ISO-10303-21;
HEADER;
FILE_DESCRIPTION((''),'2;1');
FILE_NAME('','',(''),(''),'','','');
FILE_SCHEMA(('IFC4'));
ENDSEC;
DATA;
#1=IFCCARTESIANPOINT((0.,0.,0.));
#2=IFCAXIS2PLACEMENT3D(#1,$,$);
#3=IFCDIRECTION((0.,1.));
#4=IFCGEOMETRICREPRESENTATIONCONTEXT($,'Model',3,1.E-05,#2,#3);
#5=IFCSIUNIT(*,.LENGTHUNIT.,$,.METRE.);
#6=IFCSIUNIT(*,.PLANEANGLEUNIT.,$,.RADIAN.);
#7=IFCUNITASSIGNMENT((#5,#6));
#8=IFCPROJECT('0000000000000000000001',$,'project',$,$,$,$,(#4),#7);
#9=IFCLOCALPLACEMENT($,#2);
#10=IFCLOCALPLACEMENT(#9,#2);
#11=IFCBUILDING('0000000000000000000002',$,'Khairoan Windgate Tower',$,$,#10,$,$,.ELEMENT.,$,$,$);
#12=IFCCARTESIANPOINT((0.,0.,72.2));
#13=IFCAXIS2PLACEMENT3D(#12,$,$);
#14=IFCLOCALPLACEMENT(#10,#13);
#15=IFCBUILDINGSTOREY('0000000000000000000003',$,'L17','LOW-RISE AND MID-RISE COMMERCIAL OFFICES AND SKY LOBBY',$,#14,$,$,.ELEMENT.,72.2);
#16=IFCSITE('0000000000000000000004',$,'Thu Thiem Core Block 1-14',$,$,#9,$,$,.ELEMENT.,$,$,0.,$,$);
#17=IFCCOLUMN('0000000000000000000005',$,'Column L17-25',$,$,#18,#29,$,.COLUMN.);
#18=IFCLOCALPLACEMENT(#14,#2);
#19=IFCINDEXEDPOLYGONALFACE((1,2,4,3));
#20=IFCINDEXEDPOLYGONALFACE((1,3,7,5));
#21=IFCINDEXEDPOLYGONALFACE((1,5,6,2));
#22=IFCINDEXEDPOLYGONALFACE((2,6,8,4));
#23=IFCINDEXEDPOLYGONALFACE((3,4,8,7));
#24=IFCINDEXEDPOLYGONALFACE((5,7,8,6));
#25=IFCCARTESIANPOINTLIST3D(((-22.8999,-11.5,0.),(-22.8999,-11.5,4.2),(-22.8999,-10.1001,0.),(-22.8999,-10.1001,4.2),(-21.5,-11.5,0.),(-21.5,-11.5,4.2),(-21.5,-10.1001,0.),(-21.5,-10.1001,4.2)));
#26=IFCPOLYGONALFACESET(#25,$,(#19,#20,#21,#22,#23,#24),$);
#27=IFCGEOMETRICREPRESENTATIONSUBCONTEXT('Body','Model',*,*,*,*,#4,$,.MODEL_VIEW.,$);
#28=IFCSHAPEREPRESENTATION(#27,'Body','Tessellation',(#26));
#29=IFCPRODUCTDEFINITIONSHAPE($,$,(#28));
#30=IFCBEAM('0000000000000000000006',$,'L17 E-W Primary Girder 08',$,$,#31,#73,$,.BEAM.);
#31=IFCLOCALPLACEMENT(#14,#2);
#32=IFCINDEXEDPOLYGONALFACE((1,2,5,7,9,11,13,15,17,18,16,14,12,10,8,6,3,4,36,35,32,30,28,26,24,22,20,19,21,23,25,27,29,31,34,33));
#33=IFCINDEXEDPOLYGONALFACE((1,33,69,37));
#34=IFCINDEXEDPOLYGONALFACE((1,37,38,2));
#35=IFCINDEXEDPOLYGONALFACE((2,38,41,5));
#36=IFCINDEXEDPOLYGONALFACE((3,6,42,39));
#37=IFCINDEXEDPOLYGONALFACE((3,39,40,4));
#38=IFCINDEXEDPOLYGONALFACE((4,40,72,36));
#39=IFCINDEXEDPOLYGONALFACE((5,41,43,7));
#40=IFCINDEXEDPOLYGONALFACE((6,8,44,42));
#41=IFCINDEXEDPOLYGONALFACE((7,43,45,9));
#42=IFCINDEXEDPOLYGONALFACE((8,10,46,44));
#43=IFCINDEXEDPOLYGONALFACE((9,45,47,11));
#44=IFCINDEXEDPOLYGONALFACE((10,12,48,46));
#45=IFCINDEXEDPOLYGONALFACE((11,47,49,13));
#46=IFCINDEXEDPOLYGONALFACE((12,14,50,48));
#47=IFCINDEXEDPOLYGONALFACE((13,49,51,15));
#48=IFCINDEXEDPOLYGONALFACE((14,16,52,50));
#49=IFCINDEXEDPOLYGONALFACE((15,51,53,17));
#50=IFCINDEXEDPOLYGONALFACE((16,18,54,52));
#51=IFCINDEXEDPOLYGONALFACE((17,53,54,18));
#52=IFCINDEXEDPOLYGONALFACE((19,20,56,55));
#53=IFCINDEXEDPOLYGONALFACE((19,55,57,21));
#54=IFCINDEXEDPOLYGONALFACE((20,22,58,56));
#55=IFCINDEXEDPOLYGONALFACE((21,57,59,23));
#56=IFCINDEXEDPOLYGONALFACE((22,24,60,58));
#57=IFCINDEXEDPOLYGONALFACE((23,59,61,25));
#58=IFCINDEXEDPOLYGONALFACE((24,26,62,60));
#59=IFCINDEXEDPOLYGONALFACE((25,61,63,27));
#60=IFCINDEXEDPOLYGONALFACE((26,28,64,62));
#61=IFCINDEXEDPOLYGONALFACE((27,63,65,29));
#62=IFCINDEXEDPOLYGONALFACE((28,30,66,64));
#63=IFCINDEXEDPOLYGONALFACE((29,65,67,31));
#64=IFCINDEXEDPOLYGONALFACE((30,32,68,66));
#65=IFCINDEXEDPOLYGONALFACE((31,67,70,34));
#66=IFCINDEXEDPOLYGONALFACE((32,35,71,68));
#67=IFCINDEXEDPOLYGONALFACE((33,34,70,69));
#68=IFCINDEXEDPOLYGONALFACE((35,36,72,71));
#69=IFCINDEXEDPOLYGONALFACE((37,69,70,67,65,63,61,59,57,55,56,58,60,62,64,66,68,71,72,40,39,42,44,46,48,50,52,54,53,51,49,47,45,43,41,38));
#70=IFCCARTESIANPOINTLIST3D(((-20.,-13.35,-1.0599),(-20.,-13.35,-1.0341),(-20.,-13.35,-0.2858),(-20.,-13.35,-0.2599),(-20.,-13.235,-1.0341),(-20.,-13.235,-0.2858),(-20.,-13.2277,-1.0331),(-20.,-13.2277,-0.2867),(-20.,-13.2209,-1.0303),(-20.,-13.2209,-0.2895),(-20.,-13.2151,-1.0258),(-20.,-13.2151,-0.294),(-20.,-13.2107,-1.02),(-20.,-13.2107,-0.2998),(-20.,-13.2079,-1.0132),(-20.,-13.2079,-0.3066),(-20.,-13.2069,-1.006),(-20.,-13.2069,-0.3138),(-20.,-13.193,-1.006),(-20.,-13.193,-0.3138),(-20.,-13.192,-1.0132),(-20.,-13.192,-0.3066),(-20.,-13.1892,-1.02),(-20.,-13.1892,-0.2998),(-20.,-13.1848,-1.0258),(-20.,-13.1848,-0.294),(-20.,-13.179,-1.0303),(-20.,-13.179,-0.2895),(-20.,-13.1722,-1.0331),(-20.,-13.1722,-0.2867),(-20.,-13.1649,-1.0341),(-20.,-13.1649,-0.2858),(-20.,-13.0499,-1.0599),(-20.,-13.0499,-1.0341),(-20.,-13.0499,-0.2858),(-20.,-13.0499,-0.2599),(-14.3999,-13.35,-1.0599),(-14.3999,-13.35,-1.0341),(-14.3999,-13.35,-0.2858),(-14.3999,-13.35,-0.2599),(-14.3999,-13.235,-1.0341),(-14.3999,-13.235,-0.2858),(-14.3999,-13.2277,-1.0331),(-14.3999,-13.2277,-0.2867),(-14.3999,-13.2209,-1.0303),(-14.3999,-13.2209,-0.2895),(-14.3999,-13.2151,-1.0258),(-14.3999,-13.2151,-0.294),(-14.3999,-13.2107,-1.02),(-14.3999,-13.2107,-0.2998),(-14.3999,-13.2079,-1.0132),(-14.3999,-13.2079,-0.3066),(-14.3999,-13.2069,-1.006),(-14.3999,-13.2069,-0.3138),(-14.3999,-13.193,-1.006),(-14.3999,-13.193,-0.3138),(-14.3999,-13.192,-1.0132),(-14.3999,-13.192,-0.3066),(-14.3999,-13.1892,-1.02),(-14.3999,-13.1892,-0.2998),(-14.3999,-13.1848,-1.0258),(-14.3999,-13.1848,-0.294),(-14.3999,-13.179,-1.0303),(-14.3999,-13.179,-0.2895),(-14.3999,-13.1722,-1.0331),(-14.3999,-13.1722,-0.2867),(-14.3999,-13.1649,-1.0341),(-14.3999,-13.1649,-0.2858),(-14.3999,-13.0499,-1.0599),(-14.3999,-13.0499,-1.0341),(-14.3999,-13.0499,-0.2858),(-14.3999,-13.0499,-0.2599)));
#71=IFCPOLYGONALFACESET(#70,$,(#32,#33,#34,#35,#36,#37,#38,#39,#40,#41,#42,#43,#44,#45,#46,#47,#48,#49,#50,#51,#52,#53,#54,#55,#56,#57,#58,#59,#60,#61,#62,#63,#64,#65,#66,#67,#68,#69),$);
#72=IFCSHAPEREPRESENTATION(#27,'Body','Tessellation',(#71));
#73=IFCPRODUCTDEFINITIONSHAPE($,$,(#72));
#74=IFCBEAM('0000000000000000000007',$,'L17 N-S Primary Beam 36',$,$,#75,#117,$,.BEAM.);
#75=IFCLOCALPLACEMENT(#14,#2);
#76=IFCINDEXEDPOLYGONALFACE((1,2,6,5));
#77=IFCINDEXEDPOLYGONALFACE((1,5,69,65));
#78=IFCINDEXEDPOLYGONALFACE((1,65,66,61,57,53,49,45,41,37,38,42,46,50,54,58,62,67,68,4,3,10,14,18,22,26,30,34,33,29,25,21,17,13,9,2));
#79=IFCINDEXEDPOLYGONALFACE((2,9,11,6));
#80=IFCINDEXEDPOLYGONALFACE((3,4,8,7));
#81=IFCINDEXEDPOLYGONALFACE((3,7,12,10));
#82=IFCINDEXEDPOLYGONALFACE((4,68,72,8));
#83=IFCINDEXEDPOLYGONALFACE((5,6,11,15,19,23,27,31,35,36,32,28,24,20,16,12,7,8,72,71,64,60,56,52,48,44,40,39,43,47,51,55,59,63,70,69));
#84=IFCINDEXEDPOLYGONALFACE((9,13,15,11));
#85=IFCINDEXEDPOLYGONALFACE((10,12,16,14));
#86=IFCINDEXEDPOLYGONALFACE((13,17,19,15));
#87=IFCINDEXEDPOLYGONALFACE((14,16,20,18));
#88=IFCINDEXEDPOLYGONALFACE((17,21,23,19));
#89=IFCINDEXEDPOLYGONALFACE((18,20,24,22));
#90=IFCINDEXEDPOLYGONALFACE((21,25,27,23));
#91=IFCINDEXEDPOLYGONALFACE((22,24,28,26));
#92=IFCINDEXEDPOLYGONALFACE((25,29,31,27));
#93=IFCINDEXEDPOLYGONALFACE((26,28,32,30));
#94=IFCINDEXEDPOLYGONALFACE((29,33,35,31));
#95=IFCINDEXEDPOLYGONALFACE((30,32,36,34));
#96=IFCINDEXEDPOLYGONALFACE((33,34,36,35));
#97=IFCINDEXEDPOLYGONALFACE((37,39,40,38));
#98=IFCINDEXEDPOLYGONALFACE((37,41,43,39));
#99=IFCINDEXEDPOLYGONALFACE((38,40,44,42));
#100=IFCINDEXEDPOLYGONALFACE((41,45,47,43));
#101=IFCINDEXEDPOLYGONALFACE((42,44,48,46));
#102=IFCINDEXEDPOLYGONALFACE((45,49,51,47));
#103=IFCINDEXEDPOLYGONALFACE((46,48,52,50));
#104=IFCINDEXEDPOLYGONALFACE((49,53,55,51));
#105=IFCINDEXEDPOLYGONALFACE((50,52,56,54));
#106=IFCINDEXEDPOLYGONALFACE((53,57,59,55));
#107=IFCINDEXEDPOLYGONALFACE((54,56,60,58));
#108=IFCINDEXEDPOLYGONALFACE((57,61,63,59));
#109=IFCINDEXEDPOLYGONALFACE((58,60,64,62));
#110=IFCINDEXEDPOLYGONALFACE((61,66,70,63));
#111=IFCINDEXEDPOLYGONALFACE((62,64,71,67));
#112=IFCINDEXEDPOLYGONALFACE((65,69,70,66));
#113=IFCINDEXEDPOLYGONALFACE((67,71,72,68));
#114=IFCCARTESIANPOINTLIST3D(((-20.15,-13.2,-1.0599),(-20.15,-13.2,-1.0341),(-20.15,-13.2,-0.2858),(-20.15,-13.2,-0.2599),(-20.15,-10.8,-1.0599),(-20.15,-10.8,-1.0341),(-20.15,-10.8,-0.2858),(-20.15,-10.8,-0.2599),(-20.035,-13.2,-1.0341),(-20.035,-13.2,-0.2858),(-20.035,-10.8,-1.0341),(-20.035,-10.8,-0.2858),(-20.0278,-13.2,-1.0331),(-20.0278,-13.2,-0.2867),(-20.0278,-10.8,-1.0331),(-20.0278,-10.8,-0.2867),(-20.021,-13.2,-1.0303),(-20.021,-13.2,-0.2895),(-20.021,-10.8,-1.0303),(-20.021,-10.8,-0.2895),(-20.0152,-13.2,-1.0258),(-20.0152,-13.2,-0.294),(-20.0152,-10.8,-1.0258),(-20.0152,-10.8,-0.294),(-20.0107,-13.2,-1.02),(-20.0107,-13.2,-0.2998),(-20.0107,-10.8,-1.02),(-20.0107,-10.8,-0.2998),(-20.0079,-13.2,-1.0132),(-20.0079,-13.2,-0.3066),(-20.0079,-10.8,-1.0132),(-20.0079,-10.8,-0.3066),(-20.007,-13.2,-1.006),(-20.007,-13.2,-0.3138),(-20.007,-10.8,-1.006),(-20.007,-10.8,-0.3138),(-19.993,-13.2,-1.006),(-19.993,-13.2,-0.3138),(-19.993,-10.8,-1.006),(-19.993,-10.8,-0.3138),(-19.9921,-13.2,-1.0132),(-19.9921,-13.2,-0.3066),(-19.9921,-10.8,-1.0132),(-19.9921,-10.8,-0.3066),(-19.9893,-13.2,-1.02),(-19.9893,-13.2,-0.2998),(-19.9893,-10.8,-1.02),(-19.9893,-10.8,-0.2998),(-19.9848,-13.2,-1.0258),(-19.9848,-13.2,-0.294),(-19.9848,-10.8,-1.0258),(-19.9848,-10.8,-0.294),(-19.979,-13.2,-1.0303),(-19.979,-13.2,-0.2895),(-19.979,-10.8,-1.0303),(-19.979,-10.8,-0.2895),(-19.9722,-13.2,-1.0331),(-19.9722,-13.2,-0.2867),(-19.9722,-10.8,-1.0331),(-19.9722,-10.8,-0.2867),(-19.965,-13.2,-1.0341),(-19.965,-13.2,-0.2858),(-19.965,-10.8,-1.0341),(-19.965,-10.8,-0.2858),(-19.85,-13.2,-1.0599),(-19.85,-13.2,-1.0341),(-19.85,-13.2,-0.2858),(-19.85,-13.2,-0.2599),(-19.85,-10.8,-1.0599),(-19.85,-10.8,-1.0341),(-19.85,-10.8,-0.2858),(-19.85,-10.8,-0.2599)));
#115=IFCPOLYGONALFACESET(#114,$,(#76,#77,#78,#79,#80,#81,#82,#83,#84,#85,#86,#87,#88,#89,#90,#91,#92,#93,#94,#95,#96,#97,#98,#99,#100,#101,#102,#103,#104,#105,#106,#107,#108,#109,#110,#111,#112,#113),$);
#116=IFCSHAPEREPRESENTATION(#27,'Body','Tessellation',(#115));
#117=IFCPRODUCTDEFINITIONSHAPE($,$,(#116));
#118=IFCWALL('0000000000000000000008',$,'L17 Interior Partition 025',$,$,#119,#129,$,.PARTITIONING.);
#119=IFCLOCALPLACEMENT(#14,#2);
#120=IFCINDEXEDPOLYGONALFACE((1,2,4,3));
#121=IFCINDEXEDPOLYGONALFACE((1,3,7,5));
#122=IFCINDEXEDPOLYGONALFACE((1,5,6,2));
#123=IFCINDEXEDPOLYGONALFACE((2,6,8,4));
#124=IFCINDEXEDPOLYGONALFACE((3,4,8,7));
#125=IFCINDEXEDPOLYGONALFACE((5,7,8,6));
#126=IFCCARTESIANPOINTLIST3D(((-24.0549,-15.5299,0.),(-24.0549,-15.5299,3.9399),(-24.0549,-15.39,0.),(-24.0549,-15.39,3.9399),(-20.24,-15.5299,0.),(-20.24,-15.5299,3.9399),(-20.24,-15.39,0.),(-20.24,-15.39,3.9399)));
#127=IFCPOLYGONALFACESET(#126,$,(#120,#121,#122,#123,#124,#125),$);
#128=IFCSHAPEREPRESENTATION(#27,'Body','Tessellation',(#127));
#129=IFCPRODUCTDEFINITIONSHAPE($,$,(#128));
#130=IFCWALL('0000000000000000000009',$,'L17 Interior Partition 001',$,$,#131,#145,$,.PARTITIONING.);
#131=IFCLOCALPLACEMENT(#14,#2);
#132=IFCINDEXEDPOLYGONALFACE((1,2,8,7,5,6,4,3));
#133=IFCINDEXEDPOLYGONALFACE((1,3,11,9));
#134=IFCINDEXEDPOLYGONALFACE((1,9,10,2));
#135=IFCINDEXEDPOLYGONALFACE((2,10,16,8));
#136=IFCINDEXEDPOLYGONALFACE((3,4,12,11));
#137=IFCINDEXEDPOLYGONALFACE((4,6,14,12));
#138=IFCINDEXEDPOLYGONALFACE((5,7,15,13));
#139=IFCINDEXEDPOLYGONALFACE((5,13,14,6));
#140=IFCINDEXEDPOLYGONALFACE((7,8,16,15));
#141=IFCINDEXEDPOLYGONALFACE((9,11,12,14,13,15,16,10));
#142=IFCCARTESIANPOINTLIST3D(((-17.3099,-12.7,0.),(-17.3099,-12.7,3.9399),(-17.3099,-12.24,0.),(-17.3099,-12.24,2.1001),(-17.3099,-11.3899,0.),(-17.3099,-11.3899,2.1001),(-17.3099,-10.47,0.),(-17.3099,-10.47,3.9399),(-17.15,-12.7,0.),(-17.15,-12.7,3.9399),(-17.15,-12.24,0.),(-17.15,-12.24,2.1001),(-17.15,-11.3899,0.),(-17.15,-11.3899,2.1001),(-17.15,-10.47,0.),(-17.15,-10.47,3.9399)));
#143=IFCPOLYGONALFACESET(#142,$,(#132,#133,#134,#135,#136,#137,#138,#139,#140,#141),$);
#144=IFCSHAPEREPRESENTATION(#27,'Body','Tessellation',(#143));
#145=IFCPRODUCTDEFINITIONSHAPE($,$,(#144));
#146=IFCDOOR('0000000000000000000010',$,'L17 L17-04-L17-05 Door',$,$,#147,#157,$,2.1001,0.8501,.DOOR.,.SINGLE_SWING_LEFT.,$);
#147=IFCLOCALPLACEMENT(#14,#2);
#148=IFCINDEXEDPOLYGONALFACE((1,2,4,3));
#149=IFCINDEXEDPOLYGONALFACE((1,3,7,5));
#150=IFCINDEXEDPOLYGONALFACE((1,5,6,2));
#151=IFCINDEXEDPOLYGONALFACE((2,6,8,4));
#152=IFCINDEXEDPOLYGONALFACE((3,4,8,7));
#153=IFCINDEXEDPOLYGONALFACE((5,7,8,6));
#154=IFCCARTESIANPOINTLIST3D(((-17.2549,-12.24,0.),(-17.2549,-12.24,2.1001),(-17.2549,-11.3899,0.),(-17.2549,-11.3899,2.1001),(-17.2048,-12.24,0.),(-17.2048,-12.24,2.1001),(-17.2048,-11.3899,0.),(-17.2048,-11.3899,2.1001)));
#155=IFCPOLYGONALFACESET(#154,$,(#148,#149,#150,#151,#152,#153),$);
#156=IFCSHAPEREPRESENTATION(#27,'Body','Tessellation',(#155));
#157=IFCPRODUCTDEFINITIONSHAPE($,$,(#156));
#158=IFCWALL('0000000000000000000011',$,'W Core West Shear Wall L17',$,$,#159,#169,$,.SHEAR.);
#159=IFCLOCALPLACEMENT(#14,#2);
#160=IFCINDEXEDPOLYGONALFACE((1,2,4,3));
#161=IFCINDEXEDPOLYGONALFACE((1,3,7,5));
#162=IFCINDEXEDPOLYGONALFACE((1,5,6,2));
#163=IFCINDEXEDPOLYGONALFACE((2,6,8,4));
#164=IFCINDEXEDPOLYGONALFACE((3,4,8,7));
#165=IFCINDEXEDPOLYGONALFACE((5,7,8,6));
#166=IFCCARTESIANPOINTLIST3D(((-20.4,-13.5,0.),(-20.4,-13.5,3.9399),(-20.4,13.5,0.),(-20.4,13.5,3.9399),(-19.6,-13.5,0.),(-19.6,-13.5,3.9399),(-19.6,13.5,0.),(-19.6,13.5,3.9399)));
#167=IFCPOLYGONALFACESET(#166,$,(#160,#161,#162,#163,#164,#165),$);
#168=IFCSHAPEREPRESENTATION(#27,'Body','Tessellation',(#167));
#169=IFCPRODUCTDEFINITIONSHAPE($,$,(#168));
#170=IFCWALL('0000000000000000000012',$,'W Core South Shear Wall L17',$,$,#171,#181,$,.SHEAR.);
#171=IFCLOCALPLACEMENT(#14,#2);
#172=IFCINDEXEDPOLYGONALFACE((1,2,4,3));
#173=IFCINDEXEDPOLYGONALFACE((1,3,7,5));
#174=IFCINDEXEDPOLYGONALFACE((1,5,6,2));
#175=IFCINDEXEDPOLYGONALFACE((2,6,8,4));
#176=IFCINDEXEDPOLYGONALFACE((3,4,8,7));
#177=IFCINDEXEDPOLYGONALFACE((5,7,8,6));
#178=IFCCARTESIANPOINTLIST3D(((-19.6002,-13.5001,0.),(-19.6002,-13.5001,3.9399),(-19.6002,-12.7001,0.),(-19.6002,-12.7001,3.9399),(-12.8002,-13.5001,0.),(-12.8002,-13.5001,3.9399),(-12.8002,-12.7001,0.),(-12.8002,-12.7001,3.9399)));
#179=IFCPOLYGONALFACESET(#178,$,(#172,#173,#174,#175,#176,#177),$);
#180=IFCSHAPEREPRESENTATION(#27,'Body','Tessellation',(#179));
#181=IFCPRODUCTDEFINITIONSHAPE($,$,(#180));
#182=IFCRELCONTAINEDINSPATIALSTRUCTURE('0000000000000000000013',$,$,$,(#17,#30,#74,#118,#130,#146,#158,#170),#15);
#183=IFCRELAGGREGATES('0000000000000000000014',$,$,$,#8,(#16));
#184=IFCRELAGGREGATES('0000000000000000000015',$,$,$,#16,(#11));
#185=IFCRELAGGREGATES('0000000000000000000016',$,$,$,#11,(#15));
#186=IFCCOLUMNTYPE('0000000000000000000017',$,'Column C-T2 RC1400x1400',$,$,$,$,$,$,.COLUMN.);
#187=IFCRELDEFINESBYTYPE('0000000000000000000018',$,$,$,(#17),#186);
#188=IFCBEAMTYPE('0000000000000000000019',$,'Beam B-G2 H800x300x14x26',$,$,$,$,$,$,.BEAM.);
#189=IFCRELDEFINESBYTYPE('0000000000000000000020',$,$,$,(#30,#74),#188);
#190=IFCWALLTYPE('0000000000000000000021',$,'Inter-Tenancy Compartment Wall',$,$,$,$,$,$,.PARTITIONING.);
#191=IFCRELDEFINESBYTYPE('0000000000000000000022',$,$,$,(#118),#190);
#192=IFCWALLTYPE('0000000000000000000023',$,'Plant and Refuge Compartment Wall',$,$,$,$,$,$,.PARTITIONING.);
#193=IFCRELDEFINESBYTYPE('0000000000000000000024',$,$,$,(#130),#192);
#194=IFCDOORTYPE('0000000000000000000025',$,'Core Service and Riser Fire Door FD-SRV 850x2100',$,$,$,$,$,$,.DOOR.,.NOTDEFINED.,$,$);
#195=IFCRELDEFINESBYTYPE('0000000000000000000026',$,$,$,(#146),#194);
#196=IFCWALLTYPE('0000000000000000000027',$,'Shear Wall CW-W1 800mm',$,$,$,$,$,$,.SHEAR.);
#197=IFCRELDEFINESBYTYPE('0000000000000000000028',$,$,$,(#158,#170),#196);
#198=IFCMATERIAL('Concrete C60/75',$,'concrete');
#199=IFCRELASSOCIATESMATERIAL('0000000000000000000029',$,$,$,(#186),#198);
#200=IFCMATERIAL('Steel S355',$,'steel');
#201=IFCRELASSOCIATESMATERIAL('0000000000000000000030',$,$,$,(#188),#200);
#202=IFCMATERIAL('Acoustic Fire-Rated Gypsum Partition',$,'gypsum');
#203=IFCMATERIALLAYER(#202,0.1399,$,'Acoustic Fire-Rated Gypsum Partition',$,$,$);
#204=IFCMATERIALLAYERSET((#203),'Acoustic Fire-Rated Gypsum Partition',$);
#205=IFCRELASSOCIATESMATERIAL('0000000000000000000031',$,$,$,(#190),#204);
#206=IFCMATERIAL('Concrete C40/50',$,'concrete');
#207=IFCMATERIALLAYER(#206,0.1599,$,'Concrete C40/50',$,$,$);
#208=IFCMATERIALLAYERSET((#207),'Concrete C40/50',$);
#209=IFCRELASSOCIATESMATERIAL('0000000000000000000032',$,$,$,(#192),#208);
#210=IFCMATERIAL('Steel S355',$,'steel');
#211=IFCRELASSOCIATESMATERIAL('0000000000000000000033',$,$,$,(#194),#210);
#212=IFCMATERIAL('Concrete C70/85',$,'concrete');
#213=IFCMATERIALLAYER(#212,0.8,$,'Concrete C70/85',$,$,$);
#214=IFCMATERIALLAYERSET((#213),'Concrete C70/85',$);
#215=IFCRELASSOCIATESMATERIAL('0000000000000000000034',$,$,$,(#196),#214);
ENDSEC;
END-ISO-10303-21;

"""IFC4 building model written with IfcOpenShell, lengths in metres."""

from ifc_helpers import new_model, si_unit, direction, frame, frame_2d, origin, origin_2d, place, context, subcontext, project, spatial, rectangle, i_section, extrude, material, layer, layer_set, material_profile, profile_set, type_object, element, fill, save


model = new_model("IFC4")

# Units and contexts
model_context = context("Model", 3, precision=1e-05, world=origin(), true_north=direction((0.0, 1.0)))
body_context = subcontext(model_context, "Body", "Model", "MODEL_VIEW")
ifc_project = project(units=[si_unit("LENGTHUNIT", "METRE"), si_unit("PLANEANGLEUNIT", "RADIAN")], contexts=[model_context])

# Site, building, storey
site_placement = place(None, origin())
site = spatial("IfcSite", under=ifc_project, at=site_placement, Name="Thu Thiem Core Block 1-14", CompositionType="ELEMENT", RefElevation=0.0)
building_placement = place(site_placement, origin())
building = spatial("IfcBuilding", under=site, at=building_placement, Name="Khairoan Windgate Tower", CompositionType="ELEMENT")
storey_placement = place(building_placement, frame((0.0, 0.0, 72.2)))
storey = spatial("IfcBuildingStorey", under=building, at=storey_placement, Name="L17", Description="LOW-RISE AND MID-RISE COMMERCIAL OFFICES AND SKY LOBBY", CompositionType="ELEMENT", Elevation=72.2)

# Column
ifc_material_1 = material(Name="Concrete C60/75", Category="concrete")
ifc_material_profile_1 = material_profile(ifc_material_1, rectangle(XDim=1.3999, YDim=1.3999, at=origin_2d()))
ifc_profile_set_1 = profile_set([ifc_material_profile_1], Name="Concrete C60/75")
column_type = type_object("IfcColumnType", Name="Column C-T2 RC1400x1400", PredefinedType="COLUMN", material=ifc_profile_set_1)
column_placement = place(storey_placement, frame((-22.2, -10.8, 0.0), z_axis=(0.0, 0.0, 1.0), x_axis=(1.0, 0.0, 0.0)))
element("IfcColumn", 1, at=column_placement, inside=storey, type_object=column_type, Name="Column L17-25", PredefinedType="COLUMN", context=body_context, shape_type="SweptSolid", body=[
    extrude(rectangle(XDim=1.3999, YDim=1.3999, at=origin_2d()), origin(), (0.0, 0.0, 1.0), 4.2),
])

# Beams
ifc_material_2 = material(Name="Steel S355", Category="steel")
ifc_material_profile_2 = material_profile(ifc_material_2, i_section(OverallWidth=0.3, OverallDepth=0.8, WebThickness=0.0139, FlangeThickness=0.0259, FilletRadius=0.0281, at=origin_2d()))
ifc_profile_set_2 = profile_set([ifc_material_profile_2], Name="Steel S355")
beam_type = type_object("IfcBeamType", Name="Beam B-G2 H800x300x14x26", PredefinedType="BEAM", material=ifc_profile_set_2)
beam_1_placement = place(storey_placement, frame((-20.0, -13.2, -0.6599), z_axis=(1.0, 0.0, 0.0), x_axis=(0.0, 1.0, 0.0)))
element("IfcBeam", 2, at=beam_1_placement, inside=storey, type_object=beam_type, Name="L17 E-W Primary Girder 08", PredefinedType="BEAM", context=body_context, shape_type="SweptSolid", body=[
    extrude(i_section(OverallWidth=0.3, OverallDepth=0.8, WebThickness=0.0139, FlangeThickness=0.0259, FilletRadius=0.0281, at=origin_2d()), origin(), (0.0, 0.0, 1.0), 5.6001),
])
beam_2_placement = place(storey_placement, frame((-20.0, -13.2, -0.6599), z_axis=(0.0, 1.0, 0.0), x_axis=(-1.0, 0.0, 0.0)))
element("IfcBeam", 3, at=beam_2_placement, inside=storey, type_object=beam_type, Name="L17 N-S Primary Beam 36", PredefinedType="BEAM", context=body_context, shape_type="SweptSolid", body=[
    extrude(i_section(OverallWidth=0.3, OverallDepth=0.8, WebThickness=0.0139, FlangeThickness=0.0259, FilletRadius=0.0281, at=origin_2d()), origin(), (0.0, 0.0, 1.0), 2.3999),
])

# Wall
ifc_material_3 = material(Name="Acoustic Fire-Rated Gypsum Partition", Category="gypsum")
ifc_layer_1 = layer(ifc_material_3, 0.1399, Name="Acoustic Fire-Rated Gypsum Partition")
ifc_layer_set_1 = layer_set([ifc_layer_1], Name="Acoustic Fire-Rated Gypsum Partition")
wall_type_1 = type_object("IfcWallType", Name="Inter-Tenancy Compartment Wall", PredefinedType="PARTITIONING", material=ifc_layer_set_1)
wall_1_placement = place(storey_placement, frame((-24.0549, -15.46, 0.0), z_axis=(0.0, 0.0, 1.0), x_axis=(1.0, 0.0, 0.0)))
element("IfcWall", 4, at=wall_1_placement, inside=storey, type_object=wall_type_1, Name="L17 Interior Partition 025", PredefinedType="PARTITIONING", context=body_context, shape_type="SweptSolid", body=[
    extrude(rectangle(XDim=3.8149, YDim=0.1399, at=frame_2d((1.9075, 0.0))), origin(), (0.0, 0.0, 1.0), 3.9399),
])

# Wall, opening, door
ifc_material_4 = material(Name="Concrete C40/50", Category="concrete")
ifc_layer_2 = layer(ifc_material_4, 0.1599, Name="Concrete C40/50")
ifc_layer_set_2 = layer_set([ifc_layer_2], Name="Concrete C40/50")
wall_type_2 = type_object("IfcWallType", Name="Plant and Refuge Compartment Wall", PredefinedType="PARTITIONING", material=ifc_layer_set_2)
wall_2_placement = place(storey_placement, frame((-17.23, -12.7, 0.0), z_axis=(0.0, 0.0, 1.0), x_axis=(0.0, 1.0, 0.0)))
wall_2 = element("IfcWall", 5, at=wall_2_placement, inside=storey, type_object=wall_type_2, Name="L17 Interior Partition 001", PredefinedType="PARTITIONING", context=body_context, shape_type="SweptSolid", body=[
    extrude(rectangle(XDim=2.23, YDim=0.1599, at=frame_2d((1.115, 0.0))), origin(), (0.0, 0.0, 1.0), 3.9399),
])
opening_1_placement = place(wall_2_placement, frame((0.46, 0.0, 0.0)))
opening_1 = element("IfcOpeningElement", 6, at=opening_1_placement, cuts=wall_2, PredefinedType="OPENING", context=body_context, shape_type="SweptSolid", body=[
    extrude(rectangle(XDim=0.8501, YDim=2.1001, at=frame_2d((0.425, 1.05))), frame((0.0, 0.0898, 0.0), z_axis=(0.0, -1.0, 0.0), x_axis=(1.0, 0.0, 0.0)), (0.0, 0.0, 1.0), 0.1799),
])
ifc_material_5 = material(Name="Steel S355", Category="steel")
door_type_1 = type_object("IfcDoorType", Name="Core Service and Riser Fire Door FD-SRV 850x2100", OperationType="NOTDEFINED", PredefinedType="DOOR", material=ifc_material_5)
door_1_placement = place(opening_1_placement, origin())
door_1 = element("IfcDoor", 7, at=door_1_placement, inside=storey, type_object=door_type_1, Name="L17 L17-04-L17-05 Door", OperationType="SINGLE_SWING_LEFT", OverallHeight=2.1001, OverallWidth=0.8501, PredefinedType="DOOR", context=body_context, shape_type="SweptSolid", body=[
    extrude(rectangle(XDim=0.8501, YDim=2.1001, at=frame_2d((0.425, 1.05))), frame((0.0, 0.0249, 0.0), z_axis=(0.0, -1.0, 0.0), x_axis=(1.0, 0.0, 0.0)), (0.0, 0.0, 1.0), 0.05),
])
fill(opening_1, door_1)

# Walls
ifc_material_6 = material(Name="Concrete C70/85", Category="concrete")
ifc_layer_3 = layer(ifc_material_6, 0.8, Name="Concrete C70/85")
ifc_layer_set_3 = layer_set([ifc_layer_3], Name="Concrete C70/85")
wall_type_3 = type_object("IfcWallType", Name="Shear Wall CW-W1 800mm", PredefinedType="SHEAR", material=ifc_layer_set_3)
wall_3_placement = place(storey_placement, frame((-20.0, -13.5, 0.0), z_axis=(0.0, 0.0, 1.0), x_axis=(0.0, 1.0, 0.0)))
element("IfcWall", 8, at=wall_3_placement, inside=storey, type_object=wall_type_3, Name="W Core West Shear Wall L17", PredefinedType="SHEAR", context=body_context, shape_type="SweptSolid", body=[
    extrude(rectangle(XDim=27.0, YDim=0.8, at=frame_2d((13.5, 0.0))), origin(), (0.0, 0.0, 1.0), 3.9399),
])
wall_4_placement = place(storey_placement, frame((-19.6001, -13.1001, 0.0), z_axis=(0.0, 0.0, 1.0), x_axis=(1.0, 0.0, 0.0)))
element("IfcWall", 9, at=wall_4_placement, inside=storey, type_object=wall_type_3, Name="W Core South Shear Wall L17", PredefinedType="SHEAR", context=body_context, shape_type="SweptSolid", body=[
    extrude(rectangle(XDim=6.8, YDim=0.8, at=frame_2d((3.3999, 0.0))), origin(), (0.0, 0.0, 1.0), 3.9399),
])

save(model, "model.ifc")
